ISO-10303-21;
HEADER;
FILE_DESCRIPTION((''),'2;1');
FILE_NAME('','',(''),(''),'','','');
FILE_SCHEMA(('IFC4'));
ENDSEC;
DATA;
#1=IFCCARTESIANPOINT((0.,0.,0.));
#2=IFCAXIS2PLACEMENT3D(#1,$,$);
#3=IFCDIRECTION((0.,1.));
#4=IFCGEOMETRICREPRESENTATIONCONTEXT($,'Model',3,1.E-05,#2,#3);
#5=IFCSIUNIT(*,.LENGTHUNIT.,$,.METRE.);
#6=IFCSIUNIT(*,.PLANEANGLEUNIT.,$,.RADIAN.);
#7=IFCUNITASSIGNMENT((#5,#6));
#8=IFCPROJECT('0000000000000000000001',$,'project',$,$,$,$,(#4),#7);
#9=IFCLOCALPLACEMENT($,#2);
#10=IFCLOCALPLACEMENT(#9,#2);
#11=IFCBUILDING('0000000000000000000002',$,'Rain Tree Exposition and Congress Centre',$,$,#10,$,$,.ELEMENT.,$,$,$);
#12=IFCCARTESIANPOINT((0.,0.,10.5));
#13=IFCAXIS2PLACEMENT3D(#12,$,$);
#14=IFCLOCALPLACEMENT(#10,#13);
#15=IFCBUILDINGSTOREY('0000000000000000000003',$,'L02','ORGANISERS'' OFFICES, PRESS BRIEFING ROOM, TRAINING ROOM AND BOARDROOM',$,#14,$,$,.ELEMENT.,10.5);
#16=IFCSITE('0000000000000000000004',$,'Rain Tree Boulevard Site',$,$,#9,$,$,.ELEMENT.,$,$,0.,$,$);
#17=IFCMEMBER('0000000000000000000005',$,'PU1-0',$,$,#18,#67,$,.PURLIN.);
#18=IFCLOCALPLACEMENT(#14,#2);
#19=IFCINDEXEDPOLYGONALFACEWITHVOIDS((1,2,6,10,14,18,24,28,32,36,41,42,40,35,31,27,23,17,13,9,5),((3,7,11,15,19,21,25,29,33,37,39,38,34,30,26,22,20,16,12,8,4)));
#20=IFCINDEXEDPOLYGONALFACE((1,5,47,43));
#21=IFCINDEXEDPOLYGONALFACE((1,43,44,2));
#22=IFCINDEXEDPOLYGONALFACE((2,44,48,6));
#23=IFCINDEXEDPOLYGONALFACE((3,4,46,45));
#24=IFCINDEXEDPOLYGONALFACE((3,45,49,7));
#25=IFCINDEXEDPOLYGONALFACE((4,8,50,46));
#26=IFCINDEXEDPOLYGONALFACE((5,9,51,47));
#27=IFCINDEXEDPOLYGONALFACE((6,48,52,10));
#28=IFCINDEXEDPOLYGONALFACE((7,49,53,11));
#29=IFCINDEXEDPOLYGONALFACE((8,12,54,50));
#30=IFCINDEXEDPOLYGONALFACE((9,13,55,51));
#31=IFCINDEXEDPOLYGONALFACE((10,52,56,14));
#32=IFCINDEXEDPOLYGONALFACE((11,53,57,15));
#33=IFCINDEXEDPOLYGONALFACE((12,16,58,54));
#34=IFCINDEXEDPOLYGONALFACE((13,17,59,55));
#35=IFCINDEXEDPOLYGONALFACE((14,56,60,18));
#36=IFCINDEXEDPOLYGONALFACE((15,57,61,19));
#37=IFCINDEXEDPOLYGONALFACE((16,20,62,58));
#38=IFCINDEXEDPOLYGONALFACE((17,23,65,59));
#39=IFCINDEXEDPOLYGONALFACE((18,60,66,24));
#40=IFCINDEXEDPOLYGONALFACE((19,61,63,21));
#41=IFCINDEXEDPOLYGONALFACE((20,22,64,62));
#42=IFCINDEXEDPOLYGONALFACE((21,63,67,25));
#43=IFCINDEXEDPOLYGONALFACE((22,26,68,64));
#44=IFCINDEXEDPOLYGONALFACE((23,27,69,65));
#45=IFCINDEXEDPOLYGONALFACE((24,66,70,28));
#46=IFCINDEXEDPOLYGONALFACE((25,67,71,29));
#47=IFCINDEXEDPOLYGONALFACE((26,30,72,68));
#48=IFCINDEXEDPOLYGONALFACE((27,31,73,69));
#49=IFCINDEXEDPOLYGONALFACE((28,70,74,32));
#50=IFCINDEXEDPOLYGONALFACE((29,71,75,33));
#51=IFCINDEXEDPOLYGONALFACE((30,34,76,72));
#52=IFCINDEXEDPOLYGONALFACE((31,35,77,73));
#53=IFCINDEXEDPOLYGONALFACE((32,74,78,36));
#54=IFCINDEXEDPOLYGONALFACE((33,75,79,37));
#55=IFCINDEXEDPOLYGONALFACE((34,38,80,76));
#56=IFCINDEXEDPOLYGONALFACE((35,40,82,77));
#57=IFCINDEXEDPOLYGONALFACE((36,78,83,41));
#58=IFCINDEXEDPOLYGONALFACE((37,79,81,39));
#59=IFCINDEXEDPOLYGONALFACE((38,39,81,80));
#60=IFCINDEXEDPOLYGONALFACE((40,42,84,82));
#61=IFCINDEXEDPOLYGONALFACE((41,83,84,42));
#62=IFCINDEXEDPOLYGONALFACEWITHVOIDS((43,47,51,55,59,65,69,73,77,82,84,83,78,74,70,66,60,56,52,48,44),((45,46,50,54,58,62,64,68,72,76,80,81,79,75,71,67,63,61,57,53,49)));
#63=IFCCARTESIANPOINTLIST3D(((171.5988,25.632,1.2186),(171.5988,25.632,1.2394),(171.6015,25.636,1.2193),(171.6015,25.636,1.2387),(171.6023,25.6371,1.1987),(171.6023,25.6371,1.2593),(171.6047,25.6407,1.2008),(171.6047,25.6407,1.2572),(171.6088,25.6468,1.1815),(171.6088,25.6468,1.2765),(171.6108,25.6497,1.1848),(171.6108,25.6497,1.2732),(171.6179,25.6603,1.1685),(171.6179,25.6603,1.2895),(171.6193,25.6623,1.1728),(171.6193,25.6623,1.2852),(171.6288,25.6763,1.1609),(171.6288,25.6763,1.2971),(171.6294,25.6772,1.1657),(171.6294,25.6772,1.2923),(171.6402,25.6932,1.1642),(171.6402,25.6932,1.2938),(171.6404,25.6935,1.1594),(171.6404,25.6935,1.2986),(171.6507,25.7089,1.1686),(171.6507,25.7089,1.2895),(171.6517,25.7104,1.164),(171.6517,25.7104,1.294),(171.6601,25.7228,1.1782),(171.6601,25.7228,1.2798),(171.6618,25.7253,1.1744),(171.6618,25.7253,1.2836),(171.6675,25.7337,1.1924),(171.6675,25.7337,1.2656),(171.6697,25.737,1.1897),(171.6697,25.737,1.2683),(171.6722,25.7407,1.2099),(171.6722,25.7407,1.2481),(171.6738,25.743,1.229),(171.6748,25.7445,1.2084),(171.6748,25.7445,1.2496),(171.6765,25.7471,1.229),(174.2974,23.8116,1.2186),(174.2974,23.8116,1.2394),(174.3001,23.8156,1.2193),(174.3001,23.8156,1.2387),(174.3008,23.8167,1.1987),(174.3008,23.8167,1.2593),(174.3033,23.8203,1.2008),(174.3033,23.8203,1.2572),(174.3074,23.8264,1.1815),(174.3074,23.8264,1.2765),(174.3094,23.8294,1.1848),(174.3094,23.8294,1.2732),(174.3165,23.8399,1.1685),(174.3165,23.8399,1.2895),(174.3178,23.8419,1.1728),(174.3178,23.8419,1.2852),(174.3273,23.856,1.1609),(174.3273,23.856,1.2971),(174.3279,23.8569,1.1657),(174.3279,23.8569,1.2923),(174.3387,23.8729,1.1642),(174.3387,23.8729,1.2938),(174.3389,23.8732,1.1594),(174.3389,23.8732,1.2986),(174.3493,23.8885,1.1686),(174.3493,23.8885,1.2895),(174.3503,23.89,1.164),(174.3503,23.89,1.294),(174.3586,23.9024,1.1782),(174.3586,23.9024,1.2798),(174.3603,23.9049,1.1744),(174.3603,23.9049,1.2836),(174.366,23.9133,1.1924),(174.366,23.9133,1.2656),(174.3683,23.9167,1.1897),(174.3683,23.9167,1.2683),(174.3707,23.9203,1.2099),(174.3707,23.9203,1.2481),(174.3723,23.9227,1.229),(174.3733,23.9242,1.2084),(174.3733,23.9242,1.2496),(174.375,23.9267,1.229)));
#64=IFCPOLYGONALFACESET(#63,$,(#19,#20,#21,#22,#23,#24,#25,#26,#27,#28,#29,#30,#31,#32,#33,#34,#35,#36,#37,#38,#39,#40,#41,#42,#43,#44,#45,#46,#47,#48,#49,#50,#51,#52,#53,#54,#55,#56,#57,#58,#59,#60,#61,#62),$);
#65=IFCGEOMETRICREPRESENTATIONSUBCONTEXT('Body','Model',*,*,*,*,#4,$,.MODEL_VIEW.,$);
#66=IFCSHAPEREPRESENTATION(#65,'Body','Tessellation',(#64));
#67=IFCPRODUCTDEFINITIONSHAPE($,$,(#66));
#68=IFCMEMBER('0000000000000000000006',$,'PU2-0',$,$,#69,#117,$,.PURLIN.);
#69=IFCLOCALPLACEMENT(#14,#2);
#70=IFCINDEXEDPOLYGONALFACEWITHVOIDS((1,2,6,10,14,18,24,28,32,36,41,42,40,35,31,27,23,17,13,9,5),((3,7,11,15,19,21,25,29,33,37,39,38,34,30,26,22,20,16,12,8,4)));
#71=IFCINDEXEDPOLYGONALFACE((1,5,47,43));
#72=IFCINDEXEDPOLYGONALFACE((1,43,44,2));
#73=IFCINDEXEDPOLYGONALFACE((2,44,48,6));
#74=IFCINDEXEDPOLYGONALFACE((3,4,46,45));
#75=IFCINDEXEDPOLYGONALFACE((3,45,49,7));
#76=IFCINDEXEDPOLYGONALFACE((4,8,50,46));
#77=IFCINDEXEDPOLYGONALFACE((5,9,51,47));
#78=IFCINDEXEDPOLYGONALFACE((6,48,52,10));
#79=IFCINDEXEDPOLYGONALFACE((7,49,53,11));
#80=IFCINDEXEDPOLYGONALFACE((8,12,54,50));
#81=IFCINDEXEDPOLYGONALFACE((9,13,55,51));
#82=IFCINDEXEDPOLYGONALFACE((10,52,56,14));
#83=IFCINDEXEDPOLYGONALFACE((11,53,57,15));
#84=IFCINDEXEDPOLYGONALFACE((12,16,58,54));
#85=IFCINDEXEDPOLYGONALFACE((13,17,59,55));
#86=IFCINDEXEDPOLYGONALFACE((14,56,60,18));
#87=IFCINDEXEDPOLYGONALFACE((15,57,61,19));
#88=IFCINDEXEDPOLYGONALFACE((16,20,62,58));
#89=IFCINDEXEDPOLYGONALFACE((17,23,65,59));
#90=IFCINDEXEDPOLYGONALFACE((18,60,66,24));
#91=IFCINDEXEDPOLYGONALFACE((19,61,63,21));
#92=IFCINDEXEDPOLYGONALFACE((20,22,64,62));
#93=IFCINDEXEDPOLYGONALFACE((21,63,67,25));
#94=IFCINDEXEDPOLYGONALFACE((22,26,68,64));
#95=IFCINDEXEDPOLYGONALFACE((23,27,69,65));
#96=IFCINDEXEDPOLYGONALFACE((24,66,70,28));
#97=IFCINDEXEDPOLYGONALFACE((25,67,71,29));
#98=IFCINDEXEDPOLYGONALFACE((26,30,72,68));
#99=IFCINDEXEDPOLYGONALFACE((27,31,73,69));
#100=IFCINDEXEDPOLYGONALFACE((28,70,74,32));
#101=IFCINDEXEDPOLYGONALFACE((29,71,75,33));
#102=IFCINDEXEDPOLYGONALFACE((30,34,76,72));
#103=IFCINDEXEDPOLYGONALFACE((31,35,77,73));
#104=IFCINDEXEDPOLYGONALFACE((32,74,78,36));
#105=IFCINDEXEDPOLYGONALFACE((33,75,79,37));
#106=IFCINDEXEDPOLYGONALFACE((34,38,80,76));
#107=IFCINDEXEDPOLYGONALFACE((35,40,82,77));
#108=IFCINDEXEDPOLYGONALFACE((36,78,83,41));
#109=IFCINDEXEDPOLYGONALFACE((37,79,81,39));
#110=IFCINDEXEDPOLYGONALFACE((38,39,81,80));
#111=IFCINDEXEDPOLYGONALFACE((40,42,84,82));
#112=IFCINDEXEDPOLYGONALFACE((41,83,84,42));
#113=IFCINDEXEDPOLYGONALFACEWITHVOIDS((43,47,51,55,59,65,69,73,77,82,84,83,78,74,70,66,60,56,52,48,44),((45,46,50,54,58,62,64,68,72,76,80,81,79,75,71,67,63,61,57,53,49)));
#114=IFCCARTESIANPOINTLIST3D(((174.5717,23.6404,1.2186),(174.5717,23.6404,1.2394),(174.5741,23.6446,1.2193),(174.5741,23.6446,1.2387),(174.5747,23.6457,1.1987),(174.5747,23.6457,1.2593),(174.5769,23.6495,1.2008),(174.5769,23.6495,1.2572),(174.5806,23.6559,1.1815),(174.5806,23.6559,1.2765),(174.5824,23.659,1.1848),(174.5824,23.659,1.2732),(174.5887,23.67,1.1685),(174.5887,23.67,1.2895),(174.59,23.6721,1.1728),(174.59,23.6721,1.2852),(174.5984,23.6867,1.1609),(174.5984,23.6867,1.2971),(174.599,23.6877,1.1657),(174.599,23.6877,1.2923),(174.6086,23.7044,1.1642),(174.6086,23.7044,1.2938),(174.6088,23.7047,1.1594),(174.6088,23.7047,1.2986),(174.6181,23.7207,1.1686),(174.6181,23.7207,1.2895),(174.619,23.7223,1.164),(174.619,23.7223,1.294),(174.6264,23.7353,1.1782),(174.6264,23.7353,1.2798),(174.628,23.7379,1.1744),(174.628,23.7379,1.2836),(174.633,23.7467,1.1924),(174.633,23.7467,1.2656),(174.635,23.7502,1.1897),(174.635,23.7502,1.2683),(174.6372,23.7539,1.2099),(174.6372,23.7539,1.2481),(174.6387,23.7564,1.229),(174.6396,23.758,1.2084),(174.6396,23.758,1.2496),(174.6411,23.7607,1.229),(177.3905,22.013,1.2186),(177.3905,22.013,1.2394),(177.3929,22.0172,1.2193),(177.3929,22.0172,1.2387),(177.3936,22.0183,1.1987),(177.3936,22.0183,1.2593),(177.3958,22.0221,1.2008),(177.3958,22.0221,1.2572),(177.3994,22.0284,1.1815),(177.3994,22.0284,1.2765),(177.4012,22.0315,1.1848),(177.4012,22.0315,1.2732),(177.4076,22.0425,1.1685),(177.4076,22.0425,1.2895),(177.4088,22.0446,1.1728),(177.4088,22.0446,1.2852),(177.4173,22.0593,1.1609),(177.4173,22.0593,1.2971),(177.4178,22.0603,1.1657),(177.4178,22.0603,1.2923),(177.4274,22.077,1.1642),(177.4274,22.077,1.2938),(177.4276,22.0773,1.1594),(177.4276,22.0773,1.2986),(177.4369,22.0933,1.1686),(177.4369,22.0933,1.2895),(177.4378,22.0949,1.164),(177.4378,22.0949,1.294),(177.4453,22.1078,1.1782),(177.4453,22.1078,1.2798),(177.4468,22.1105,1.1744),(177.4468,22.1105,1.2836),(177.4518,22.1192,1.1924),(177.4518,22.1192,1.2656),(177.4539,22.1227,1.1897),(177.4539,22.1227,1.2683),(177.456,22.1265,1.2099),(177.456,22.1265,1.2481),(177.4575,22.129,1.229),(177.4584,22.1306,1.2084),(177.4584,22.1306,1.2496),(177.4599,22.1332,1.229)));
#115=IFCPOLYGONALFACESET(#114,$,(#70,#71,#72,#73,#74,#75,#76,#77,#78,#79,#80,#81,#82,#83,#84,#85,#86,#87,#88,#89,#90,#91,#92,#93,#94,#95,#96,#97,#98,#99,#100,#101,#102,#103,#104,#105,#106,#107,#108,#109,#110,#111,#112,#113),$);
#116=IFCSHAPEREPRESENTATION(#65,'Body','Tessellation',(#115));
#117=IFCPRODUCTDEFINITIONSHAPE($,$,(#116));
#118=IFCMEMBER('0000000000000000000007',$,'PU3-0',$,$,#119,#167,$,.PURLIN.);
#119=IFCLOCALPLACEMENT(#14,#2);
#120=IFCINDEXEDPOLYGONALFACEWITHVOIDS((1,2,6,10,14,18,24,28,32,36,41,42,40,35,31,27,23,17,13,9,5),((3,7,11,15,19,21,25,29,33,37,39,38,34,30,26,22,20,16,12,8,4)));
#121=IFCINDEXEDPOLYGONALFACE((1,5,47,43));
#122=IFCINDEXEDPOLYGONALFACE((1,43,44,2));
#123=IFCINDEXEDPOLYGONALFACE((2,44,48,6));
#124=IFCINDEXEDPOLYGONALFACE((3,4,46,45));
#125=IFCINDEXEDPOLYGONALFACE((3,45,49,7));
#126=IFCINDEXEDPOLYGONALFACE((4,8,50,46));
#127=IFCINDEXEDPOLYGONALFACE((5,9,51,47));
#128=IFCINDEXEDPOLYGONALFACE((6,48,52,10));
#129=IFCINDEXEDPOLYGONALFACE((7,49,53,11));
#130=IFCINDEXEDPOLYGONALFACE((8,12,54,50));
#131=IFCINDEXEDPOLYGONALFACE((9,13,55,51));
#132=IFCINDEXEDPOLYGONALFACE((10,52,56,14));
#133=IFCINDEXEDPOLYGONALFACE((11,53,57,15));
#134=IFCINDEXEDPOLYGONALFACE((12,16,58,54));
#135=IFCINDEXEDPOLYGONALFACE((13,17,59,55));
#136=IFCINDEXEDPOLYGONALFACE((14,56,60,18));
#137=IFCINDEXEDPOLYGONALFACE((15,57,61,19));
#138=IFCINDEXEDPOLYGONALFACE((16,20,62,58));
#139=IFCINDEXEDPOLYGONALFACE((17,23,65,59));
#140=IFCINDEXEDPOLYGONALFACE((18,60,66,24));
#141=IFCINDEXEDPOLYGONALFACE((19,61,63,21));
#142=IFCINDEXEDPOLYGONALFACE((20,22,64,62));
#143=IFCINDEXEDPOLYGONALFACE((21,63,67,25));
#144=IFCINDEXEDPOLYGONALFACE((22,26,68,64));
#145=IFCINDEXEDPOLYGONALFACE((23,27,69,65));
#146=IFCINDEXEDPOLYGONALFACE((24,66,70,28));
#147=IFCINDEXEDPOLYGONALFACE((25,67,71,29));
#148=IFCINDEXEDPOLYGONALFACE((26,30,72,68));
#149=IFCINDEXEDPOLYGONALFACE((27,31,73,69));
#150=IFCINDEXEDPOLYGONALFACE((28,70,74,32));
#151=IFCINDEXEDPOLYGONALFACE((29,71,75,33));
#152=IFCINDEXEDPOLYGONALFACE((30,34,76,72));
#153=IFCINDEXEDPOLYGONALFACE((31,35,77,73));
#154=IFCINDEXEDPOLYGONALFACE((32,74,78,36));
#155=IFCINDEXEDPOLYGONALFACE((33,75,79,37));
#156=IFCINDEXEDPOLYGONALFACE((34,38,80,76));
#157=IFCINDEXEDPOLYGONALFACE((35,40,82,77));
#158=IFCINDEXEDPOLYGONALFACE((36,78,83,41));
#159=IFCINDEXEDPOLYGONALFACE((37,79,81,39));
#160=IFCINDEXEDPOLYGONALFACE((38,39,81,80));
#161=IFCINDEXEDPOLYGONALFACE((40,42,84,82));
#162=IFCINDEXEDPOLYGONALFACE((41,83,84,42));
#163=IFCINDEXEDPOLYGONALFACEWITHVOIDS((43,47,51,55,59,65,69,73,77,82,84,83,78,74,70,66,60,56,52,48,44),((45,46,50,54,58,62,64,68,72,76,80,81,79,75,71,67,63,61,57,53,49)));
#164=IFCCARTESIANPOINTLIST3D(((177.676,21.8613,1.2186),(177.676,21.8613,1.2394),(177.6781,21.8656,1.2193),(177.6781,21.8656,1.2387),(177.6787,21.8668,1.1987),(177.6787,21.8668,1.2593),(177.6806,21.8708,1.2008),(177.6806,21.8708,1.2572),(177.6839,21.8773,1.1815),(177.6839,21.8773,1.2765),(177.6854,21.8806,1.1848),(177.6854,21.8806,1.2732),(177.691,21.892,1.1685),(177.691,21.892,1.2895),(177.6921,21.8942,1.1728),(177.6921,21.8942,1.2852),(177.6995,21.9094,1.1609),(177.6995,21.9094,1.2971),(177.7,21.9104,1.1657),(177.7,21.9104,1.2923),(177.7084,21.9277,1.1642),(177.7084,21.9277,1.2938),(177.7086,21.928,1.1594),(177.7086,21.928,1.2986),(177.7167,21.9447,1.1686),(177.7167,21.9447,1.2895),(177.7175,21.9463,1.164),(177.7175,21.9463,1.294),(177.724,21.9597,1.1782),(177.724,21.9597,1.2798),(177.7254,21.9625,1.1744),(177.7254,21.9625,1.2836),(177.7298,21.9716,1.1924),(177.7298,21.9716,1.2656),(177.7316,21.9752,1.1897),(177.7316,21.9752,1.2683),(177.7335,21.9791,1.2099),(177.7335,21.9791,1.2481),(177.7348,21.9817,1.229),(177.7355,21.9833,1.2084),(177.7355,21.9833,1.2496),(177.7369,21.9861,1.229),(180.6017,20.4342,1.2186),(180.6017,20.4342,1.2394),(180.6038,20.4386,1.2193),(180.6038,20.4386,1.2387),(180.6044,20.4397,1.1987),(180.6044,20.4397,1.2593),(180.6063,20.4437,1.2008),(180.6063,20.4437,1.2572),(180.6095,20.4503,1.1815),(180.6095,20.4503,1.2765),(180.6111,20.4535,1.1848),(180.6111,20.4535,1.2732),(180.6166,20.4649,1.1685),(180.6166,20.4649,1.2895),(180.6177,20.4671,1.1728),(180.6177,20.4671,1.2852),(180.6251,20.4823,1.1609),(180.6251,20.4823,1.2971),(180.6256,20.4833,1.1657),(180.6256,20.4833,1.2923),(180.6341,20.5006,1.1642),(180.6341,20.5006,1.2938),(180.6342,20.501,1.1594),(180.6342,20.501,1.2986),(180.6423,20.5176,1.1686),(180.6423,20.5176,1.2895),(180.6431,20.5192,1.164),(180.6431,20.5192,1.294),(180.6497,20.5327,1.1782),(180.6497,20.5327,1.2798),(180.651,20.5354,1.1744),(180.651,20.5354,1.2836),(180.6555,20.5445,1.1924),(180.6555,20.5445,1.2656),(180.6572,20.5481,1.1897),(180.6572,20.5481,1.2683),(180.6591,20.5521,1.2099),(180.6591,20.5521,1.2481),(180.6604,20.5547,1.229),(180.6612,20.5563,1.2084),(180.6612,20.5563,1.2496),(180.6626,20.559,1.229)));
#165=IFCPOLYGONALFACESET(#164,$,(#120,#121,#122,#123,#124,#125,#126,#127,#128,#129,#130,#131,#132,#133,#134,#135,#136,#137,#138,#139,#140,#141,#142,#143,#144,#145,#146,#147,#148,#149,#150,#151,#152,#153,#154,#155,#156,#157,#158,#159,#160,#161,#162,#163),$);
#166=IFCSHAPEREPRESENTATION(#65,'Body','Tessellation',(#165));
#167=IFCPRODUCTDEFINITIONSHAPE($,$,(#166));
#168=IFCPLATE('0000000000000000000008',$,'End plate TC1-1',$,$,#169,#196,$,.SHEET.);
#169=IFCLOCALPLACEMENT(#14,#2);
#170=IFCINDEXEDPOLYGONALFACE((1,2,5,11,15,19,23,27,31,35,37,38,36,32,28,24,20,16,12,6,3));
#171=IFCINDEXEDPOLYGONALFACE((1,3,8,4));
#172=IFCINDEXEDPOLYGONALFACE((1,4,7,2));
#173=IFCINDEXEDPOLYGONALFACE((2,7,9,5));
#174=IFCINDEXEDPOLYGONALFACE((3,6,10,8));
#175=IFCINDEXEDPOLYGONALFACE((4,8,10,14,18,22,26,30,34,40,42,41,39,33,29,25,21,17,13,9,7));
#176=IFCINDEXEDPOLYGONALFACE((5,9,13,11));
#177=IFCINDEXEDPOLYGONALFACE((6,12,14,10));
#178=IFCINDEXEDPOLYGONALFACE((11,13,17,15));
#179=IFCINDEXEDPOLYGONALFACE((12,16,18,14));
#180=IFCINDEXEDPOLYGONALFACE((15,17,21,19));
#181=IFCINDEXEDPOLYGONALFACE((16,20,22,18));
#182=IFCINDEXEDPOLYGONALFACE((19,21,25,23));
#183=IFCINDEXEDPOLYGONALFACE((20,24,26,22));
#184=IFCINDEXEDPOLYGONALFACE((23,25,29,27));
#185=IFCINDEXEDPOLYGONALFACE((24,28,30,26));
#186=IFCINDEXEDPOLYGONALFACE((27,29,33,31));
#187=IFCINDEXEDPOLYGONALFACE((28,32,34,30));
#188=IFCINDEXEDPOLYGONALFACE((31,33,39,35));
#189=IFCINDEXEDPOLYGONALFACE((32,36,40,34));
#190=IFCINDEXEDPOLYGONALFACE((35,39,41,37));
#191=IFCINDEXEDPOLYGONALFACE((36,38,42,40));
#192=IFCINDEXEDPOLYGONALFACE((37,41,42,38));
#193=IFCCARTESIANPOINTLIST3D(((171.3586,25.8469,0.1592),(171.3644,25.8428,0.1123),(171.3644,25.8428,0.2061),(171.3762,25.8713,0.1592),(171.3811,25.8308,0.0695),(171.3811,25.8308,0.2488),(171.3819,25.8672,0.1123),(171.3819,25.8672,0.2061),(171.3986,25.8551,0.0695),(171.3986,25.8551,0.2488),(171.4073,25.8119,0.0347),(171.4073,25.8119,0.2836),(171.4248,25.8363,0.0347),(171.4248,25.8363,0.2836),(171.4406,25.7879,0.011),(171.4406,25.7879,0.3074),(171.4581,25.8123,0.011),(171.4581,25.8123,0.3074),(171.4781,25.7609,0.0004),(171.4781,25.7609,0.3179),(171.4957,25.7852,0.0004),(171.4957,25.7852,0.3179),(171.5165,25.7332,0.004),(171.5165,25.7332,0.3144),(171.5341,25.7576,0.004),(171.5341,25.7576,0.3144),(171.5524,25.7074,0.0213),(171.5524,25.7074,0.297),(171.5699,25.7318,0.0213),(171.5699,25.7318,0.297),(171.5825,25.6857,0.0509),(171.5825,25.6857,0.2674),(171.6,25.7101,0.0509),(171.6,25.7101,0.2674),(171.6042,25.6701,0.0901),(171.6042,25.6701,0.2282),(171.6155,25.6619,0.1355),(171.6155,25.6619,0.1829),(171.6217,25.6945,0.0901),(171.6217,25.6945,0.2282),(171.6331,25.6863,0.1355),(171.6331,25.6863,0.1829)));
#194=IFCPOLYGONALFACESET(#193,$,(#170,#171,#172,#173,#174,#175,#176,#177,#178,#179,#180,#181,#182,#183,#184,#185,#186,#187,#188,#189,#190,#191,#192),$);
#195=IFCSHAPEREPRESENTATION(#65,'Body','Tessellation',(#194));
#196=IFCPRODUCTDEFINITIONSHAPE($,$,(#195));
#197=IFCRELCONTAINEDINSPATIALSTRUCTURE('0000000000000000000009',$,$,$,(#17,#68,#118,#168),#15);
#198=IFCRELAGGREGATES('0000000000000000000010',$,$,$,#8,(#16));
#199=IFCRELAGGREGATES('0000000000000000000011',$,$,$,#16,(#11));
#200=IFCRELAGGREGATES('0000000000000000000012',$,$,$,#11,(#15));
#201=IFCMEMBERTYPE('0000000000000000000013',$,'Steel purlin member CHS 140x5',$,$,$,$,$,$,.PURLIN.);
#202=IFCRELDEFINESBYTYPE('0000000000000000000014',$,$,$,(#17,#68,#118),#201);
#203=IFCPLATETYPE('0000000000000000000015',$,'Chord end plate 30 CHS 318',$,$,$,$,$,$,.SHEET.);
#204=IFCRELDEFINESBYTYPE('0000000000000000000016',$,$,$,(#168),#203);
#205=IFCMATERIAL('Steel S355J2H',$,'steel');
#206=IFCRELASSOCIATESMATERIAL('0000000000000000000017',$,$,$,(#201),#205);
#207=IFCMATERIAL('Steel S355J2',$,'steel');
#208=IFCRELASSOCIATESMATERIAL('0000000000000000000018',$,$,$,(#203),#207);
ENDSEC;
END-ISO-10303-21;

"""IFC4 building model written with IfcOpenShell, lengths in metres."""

from ifc_helpers import new_model, si_unit, direction, frame, origin, origin_2d, place, context, subcontext, project, spatial, circle, hollow_circle, extrude, material, material_profile, profile_set, type_object, element, save


model = new_model("IFC4")

# Units and contexts
model_context = context("Model", 3, precision=1e-05, world=origin(), true_north=direction((0.0, 1.0)))
body_context = subcontext(model_context, "Body", "Model", "MODEL_VIEW")
ifc_project = project(units=[si_unit("LENGTHUNIT", "METRE"), si_unit("PLANEANGLEUNIT", "RADIAN")], contexts=[model_context])

# Site, building, storey
site_placement = place(None, origin())
site = spatial("IfcSite", under=ifc_project, at=site_placement, Name="Rain Tree Boulevard Site", CompositionType="ELEMENT", RefElevation=0.0)
building_placement = place(site_placement, origin())
building = spatial("IfcBuilding", under=site, at=building_placement, Name="Rain Tree Exposition and Congress Centre", CompositionType="ELEMENT")
storey_placement = place(building_placement, frame((0.0, 0.0, 10.5)))
storey = spatial("IfcBuildingStorey", under=building, at=storey_placement, Name="L02", Description="ORGANISERS' OFFICES, PRESS BRIEFING ROOM, TRAINING ROOM AND BOARDROOM", CompositionType="ELEMENT", Elevation=10.5)

# Members
ifc_material_1 = material(Name="Steel S355J2H", Category="steel")
ifc_material_profile_1 = material_profile(ifc_material_1, hollow_circle(Radius=0.0698, WallThickness=0.0049, at=origin_2d()), Name="CHS 140x5")
ifc_profile_set_1 = profile_set([ifc_material_profile_1], Name="Steel S355J2H")
member_type_1 = type_object("IfcMemberType", Name="Steel purlin member CHS 140x5", PredefinedType="PURLIN", material=ifc_profile_set_1)
member_1_placement = place(storey_placement, frame((171.6375, 25.6892, 1.229), z_axis=(0.829015, -0.559227, 0.0), x_axis=(0.559227, 0.829015, 0.0)))
element("IfcMember", 1, at=member_1_placement, inside=storey, type_object=member_type_1, Name="PU1-0", PredefinedType="PURLIN", context=body_context, shape_type="SweptSolid", body=[
    extrude(hollow_circle(Radius=0.0698, WallThickness=0.0049, at=origin_2d()), origin(), (0.0, 0.0, 1.0), 3.2551),
])
member_2_placement = place(storey_placement, frame((174.6062, 23.7002, 1.229), z_axis=(0.866028, -0.499995, 0.0), x_axis=(0.499995, 0.866028, 0.0)))
element("IfcMember", 2, at=member_2_placement, inside=storey, type_object=member_type_1, Name="PU2-0", PredefinedType="PURLIN", context=body_context, shape_type="SweptSolid", body=[
    extrude(hollow_circle(Radius=0.0698, WallThickness=0.0049, at=origin_2d()), origin(), (0.0, 0.0, 1.0), 3.2549),
])
member_3_placement = place(storey_placement, frame((177.7063, 21.9233, 1.229), z_axis=(0.898779, -0.438401, 0.0), x_axis=(0.438401, 0.898779, 0.0)))
element("IfcMember", 3, at=member_3_placement, inside=storey, type_object=member_type_1, Name="PU3-0", PredefinedType="PURLIN", context=body_context, shape_type="SweptSolid", body=[
    extrude(hollow_circle(Radius=0.0698, WallThickness=0.0049, at=origin_2d()), origin(), (0.0, 0.0, 1.0), 3.2551),
])

# Plate
ifc_material_2 = material(Name="Steel S355J2", Category="steel")
ifc_material_profile_2 = material_profile(ifc_material_2, circle(Radius=0.1592, at=origin_2d()), Name="CIRCLE 318")
ifc_profile_set_2 = profile_set([ifc_material_profile_2], Name="Steel S355J2")
plate_type = type_object("IfcPlateType", Name="Chord end plate 30 CHS 318", PredefinedType="SHEET", material=ifc_profile_set_2)
for number, where, z_axis, x_axis, name in (
    (4, (171.4878, 25.7539, 0.1592), (0.584305, 0.811534, 0.0), (-0.811534, 0.584305, 0.0), "End plate TC1-1"),
):
    element("IfcPlate", number, at=place(storey_placement, frame(where, z_axis=z_axis, x_axis=x_axis)), inside=storey, type_object=plate_type, Name=name, PredefinedType="SHEET", context=body_context, shape_type="SweptSolid", body=[
        extrude(circle(Radius=0.1592, at=origin_2d()), origin(), (0.0, 0.0, 1.0), 0.03),
    ])

save(model, "model.ifc")
